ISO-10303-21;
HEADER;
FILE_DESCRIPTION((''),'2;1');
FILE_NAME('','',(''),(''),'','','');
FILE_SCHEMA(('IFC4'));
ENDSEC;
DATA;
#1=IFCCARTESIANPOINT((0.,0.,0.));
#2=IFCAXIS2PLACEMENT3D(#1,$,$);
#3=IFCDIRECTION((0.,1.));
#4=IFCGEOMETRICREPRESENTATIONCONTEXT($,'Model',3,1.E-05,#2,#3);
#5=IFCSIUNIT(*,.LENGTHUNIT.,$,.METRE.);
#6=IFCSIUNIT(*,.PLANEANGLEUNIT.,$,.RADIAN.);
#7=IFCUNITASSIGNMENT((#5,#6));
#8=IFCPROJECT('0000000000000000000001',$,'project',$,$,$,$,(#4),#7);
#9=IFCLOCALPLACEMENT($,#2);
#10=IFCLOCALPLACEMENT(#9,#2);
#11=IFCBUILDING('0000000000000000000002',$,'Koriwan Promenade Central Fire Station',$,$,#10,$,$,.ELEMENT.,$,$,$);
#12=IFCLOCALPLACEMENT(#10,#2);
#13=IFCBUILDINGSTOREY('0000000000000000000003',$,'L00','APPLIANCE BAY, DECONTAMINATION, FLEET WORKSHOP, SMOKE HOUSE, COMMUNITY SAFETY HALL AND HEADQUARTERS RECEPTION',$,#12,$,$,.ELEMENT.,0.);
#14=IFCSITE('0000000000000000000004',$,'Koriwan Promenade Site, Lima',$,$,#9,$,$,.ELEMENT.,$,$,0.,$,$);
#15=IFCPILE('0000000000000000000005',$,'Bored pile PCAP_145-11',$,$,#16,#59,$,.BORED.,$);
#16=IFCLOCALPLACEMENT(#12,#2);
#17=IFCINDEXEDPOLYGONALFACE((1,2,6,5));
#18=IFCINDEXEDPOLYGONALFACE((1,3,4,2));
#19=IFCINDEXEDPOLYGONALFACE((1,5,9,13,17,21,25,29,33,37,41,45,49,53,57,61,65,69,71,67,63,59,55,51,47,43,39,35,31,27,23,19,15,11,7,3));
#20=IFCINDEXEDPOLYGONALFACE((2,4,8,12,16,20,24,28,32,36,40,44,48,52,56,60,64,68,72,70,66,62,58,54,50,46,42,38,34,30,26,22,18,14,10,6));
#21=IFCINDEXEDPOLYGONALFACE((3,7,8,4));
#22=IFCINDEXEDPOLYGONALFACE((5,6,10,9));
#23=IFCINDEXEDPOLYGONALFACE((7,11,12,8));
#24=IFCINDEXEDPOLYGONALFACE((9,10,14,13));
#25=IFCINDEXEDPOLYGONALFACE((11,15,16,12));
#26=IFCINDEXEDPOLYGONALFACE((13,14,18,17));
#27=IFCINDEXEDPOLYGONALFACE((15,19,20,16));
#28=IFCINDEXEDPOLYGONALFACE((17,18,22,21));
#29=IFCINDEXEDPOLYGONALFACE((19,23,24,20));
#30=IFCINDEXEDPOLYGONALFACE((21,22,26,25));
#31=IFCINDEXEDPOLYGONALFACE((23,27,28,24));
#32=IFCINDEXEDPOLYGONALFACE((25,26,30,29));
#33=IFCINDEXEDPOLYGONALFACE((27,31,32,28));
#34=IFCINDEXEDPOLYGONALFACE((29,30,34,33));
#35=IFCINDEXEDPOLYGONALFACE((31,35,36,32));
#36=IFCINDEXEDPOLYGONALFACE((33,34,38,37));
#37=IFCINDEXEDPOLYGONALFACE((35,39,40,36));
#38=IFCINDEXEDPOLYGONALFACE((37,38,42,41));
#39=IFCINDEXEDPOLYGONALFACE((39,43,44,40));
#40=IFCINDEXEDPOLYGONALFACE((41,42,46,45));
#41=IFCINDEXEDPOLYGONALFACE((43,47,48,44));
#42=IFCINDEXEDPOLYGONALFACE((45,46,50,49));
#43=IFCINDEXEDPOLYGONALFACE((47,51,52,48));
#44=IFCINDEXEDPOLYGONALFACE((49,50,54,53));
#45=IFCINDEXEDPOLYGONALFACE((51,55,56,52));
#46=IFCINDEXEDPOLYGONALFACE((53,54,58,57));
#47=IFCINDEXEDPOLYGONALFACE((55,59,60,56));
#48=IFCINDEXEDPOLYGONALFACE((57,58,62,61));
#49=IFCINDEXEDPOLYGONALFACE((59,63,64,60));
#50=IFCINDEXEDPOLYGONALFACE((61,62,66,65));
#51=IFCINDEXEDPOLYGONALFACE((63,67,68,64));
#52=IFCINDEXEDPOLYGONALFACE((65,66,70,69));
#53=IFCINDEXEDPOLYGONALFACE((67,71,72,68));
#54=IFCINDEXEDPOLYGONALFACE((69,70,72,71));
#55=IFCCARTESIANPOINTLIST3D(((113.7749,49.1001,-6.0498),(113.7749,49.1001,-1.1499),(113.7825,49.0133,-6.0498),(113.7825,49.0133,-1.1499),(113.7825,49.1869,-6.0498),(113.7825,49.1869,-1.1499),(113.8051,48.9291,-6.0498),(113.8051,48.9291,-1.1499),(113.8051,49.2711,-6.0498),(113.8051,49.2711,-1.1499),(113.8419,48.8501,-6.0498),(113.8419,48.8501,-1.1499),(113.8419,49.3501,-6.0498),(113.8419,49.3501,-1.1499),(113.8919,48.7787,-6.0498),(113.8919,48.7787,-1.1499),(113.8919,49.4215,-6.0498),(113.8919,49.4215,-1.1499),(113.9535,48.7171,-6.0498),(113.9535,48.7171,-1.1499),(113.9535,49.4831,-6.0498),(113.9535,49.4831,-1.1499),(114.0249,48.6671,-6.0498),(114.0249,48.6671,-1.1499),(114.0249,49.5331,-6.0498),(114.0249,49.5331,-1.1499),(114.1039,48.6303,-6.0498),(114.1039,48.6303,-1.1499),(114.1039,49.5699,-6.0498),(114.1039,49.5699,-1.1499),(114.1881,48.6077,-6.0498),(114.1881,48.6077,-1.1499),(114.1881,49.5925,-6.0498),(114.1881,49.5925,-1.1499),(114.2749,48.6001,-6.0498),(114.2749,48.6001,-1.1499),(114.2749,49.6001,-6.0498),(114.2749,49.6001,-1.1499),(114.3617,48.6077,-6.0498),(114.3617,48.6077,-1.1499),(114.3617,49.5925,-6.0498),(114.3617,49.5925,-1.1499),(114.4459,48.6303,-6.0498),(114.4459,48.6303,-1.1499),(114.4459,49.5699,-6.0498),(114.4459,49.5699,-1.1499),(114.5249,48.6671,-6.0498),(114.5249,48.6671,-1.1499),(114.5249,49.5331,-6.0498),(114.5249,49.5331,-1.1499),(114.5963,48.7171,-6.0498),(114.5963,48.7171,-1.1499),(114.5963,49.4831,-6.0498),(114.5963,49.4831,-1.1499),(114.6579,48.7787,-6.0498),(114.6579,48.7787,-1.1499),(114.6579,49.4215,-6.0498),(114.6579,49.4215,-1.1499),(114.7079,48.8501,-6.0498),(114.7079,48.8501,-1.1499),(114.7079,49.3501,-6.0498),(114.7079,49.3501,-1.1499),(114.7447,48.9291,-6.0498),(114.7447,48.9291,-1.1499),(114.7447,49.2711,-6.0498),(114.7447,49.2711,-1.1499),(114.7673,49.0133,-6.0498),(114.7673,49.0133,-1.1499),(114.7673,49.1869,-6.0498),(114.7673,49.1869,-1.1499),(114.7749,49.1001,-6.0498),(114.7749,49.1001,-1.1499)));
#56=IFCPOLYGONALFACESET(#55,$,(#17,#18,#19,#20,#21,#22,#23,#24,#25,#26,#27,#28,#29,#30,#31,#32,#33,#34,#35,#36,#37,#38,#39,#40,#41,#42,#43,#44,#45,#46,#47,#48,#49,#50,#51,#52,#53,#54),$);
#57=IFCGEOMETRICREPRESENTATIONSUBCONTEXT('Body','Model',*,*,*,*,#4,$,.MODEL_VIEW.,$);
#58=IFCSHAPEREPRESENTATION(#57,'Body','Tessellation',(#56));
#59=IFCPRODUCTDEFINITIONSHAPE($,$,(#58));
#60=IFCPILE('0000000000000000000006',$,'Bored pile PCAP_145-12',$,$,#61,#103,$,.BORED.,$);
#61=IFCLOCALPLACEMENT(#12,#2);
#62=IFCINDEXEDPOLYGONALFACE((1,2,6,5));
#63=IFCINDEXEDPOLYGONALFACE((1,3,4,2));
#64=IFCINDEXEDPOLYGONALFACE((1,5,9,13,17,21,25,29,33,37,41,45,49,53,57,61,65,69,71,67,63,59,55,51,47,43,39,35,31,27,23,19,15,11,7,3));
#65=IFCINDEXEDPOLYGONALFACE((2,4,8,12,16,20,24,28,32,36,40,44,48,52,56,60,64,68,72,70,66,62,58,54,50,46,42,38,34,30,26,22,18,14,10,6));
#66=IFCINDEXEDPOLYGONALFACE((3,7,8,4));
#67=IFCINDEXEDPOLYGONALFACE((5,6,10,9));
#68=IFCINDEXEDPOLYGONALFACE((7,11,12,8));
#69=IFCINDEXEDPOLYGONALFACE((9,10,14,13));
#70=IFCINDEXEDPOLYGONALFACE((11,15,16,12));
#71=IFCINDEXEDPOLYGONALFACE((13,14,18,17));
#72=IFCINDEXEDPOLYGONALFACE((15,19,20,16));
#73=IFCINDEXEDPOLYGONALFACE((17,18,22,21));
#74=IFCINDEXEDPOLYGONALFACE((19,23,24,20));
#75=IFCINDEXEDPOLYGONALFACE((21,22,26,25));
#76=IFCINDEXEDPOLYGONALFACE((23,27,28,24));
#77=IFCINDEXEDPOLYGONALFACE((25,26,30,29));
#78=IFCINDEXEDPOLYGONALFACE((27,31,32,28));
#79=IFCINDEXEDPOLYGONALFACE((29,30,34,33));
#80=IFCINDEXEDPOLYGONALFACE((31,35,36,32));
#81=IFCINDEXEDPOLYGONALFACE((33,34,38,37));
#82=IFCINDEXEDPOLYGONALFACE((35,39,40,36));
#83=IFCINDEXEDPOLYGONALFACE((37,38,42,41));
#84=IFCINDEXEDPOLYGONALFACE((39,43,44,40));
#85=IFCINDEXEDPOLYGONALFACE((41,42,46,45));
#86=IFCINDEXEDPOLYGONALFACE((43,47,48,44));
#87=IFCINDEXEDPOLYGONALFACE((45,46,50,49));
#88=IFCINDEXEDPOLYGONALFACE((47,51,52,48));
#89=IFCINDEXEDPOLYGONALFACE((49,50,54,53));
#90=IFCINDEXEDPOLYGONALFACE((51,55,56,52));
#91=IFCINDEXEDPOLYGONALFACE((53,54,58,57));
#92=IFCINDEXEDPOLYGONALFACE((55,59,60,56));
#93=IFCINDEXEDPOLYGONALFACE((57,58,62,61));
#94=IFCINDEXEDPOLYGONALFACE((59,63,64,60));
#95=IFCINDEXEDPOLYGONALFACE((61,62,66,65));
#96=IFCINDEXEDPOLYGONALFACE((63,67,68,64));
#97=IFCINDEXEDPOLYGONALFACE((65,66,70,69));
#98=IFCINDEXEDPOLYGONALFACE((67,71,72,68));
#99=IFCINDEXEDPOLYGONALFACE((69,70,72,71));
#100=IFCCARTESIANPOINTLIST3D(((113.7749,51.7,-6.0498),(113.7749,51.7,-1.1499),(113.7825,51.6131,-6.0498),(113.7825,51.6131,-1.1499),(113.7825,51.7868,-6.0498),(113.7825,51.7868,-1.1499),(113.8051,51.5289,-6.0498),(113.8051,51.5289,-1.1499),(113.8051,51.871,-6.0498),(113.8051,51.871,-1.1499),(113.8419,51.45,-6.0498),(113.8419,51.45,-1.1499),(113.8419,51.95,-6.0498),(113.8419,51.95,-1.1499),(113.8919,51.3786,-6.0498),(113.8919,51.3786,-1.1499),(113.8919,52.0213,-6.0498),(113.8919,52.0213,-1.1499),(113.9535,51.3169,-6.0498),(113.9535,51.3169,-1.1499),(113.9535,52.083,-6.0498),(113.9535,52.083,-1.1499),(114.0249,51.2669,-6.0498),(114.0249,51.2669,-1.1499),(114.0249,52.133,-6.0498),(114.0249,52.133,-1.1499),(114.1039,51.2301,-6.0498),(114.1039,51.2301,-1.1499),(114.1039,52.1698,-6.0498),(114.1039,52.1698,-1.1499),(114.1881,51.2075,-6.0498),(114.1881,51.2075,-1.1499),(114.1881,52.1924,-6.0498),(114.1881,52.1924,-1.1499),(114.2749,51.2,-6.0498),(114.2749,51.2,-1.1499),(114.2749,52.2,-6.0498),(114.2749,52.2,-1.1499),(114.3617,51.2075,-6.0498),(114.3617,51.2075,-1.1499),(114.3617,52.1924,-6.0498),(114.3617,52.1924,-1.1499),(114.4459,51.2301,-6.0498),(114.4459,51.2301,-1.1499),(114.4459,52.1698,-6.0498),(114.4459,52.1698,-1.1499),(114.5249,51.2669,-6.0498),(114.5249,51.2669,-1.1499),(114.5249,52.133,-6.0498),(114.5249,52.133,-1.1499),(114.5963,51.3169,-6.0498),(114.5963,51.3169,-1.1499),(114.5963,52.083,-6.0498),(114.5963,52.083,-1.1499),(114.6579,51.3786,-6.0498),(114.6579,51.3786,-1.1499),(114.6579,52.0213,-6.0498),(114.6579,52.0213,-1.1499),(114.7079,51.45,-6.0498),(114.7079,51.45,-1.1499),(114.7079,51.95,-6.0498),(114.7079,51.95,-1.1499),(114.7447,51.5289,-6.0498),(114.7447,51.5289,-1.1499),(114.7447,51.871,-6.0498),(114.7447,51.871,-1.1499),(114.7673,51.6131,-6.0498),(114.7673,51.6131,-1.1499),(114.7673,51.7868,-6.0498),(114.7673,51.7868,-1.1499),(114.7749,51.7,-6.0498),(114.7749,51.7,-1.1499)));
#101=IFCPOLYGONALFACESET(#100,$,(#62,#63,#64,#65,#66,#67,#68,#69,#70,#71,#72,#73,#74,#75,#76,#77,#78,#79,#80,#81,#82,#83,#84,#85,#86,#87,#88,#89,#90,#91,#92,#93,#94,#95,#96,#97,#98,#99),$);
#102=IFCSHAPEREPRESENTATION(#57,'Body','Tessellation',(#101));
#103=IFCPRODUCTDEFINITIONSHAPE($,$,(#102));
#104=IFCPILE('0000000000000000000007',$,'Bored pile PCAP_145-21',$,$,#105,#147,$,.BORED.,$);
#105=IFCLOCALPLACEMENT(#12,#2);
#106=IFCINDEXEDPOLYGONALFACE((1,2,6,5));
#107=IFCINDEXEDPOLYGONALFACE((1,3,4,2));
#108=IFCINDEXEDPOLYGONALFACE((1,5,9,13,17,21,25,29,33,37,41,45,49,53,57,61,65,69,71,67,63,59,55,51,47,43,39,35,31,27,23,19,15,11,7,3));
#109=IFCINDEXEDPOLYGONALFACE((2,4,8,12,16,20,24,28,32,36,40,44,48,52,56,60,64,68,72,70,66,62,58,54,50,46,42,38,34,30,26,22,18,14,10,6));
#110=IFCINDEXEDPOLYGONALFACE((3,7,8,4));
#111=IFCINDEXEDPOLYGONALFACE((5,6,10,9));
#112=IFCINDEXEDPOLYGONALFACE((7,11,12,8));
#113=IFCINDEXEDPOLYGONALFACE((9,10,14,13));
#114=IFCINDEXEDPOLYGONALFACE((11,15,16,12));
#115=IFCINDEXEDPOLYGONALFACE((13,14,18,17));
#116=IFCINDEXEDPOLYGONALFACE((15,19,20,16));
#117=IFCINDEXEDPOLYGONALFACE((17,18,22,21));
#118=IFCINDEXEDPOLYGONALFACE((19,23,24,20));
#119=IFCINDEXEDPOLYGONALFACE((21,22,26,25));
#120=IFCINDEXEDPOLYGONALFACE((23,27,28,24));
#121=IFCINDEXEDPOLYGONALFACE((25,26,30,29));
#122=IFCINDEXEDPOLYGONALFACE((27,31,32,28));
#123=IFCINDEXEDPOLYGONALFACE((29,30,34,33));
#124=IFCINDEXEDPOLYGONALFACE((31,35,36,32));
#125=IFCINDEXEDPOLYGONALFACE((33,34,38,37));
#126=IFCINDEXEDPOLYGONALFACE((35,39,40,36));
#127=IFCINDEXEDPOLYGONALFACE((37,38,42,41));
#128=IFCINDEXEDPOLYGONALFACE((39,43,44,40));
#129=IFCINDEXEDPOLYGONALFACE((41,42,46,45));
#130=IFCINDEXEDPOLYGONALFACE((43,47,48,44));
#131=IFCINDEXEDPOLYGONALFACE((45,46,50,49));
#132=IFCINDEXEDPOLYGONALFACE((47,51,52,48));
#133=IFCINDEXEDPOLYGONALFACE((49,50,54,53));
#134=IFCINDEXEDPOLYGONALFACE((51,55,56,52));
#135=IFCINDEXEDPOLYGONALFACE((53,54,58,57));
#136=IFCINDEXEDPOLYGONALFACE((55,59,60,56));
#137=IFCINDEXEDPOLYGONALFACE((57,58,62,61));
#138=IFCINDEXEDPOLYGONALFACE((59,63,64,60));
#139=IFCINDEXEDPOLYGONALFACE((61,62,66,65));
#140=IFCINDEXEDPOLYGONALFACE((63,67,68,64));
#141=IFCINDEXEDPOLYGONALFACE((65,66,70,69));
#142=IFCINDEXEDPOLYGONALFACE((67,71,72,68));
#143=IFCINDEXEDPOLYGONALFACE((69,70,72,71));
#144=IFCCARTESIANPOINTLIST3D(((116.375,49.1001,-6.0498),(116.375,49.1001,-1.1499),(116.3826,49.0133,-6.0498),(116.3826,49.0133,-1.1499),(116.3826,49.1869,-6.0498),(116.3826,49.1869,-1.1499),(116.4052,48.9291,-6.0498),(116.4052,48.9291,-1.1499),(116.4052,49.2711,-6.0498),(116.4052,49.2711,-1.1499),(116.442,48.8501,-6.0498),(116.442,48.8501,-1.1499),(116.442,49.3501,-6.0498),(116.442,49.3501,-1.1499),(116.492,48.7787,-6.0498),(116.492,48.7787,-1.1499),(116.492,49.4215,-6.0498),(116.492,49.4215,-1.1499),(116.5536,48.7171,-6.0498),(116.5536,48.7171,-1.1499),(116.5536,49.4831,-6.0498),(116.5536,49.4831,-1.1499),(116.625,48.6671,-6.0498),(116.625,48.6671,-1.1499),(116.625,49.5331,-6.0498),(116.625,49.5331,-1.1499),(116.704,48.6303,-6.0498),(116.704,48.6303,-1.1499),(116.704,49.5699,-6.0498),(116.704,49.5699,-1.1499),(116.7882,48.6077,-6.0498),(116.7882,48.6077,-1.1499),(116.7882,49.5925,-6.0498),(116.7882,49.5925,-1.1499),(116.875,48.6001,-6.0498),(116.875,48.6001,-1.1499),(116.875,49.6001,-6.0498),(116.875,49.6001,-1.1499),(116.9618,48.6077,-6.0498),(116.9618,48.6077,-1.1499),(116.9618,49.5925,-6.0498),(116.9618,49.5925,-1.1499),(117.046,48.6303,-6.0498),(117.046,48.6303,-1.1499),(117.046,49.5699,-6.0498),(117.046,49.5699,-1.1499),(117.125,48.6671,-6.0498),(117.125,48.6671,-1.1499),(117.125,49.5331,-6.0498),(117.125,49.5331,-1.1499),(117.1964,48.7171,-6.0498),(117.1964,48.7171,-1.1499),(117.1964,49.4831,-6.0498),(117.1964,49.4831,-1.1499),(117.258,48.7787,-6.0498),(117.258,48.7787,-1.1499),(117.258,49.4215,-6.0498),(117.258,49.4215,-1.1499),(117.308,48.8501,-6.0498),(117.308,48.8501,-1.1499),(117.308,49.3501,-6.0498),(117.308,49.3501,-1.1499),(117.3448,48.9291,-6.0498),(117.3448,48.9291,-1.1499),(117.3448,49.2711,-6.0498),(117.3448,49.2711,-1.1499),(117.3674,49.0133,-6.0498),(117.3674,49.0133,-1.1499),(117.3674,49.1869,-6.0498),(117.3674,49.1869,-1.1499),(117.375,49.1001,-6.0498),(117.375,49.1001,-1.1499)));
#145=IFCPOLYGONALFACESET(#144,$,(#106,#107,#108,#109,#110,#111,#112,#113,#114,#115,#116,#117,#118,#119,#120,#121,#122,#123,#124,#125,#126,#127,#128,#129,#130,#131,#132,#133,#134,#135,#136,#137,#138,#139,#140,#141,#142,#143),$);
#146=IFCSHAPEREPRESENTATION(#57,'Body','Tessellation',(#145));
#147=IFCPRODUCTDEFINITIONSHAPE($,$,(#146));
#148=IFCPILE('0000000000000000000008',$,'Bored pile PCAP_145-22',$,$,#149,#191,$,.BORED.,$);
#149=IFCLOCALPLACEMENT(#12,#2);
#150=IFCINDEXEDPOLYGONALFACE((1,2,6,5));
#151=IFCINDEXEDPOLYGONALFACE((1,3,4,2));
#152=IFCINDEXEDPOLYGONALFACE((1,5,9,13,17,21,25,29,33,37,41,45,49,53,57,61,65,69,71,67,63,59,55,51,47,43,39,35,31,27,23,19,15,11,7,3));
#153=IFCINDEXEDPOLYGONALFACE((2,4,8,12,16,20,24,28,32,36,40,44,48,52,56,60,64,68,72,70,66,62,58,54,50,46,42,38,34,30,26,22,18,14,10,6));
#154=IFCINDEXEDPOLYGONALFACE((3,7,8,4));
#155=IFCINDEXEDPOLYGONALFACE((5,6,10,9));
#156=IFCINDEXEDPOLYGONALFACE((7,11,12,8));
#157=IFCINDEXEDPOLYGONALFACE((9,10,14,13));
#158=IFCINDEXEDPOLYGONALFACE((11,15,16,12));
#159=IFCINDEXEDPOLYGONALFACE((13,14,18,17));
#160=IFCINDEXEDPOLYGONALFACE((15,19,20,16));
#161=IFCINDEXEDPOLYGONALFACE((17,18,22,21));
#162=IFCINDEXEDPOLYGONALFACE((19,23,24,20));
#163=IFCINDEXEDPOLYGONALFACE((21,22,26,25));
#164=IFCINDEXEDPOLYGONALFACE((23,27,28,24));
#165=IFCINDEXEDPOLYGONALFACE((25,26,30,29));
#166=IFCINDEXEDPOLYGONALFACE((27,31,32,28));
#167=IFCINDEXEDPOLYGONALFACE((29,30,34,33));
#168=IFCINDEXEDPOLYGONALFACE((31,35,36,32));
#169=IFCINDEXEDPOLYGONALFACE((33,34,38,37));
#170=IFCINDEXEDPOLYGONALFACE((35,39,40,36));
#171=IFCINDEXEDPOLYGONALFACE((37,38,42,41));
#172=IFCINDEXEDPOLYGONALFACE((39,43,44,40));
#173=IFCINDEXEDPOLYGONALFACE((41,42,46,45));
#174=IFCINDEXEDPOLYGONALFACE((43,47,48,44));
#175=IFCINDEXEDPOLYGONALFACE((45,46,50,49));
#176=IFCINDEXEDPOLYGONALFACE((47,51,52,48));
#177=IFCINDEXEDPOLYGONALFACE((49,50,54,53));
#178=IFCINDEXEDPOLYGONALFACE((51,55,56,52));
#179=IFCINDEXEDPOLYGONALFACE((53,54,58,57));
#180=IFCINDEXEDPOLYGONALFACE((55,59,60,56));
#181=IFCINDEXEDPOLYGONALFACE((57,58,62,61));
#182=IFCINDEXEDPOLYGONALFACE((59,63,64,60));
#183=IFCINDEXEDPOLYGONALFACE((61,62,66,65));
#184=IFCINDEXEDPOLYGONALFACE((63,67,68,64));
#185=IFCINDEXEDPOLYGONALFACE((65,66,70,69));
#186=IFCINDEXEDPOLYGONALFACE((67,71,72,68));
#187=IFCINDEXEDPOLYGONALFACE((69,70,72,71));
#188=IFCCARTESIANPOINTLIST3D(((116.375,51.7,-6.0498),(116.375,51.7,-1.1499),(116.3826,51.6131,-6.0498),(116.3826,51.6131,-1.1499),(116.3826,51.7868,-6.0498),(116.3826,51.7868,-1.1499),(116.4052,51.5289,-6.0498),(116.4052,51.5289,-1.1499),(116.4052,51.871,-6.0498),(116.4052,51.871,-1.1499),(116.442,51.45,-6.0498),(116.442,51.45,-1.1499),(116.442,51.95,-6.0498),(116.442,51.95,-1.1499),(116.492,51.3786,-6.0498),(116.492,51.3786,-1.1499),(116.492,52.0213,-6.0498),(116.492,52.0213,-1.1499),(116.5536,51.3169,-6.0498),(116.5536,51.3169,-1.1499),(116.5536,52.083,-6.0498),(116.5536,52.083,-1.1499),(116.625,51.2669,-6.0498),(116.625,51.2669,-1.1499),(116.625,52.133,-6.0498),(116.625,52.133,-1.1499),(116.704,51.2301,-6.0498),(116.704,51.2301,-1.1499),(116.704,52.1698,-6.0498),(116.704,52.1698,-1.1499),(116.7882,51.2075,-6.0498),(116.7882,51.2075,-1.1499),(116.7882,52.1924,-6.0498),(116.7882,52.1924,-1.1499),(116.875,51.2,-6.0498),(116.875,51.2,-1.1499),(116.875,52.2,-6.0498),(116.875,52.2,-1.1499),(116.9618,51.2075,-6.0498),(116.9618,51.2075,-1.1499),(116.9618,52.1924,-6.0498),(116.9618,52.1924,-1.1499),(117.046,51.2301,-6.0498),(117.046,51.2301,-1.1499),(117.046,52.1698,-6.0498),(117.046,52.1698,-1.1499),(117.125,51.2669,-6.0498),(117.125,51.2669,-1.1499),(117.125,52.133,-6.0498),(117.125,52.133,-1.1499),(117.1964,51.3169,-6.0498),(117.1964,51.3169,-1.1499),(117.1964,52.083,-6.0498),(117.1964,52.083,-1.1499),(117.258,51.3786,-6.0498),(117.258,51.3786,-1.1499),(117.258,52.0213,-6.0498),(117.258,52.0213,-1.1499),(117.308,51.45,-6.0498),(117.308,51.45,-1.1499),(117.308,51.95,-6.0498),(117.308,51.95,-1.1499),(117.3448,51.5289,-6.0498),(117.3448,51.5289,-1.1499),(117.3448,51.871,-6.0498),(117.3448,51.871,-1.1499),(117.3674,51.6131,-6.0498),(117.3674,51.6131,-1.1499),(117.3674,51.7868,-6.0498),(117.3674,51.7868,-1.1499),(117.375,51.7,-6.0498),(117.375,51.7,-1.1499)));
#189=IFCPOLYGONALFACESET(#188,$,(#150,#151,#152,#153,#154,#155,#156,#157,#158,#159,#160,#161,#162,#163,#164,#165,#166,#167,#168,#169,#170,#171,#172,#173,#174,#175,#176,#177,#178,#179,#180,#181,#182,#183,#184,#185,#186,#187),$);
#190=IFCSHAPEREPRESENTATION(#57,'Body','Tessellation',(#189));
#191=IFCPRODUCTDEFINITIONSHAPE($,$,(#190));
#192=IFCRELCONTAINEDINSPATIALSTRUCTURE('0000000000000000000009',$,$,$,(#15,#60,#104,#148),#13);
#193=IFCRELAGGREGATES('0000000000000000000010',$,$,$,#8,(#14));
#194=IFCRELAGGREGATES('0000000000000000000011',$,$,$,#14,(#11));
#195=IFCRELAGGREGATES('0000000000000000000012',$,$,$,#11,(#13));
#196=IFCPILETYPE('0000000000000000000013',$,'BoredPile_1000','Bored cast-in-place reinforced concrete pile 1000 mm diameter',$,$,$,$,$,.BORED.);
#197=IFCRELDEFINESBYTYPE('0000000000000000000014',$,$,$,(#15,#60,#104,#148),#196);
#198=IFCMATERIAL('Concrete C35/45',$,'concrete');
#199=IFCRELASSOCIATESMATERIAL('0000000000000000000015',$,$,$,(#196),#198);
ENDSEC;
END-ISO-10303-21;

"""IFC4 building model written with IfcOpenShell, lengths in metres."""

from ifc_helpers import new_model, si_unit, direction, frame, origin, origin_2d, place, context, subcontext, project, spatial, circle, extrude, material, material_profile, profile_set, type_object, element, save


model = new_model("IFC4")

# Units and contexts
model_context = context("Model", 3, precision=1e-05, world=origin(), true_north=direction((0.0, 1.0)))
body_context = subcontext(model_context, "Body", "Model", "MODEL_VIEW")
ifc_project = project(units=[si_unit("LENGTHUNIT", "METRE"), si_unit("PLANEANGLEUNIT", "RADIAN")], contexts=[model_context])

# Site, building, storey
site_placement = place(None, origin())
site = spatial("IfcSite", under=ifc_project, at=site_placement, Name="Koriwan Promenade Site, Lima", CompositionType="ELEMENT", RefElevation=0.0)
building_placement = place(site_placement, origin())
building = spatial("IfcBuilding", under=site, at=building_placement, Name="Koriwan Promenade Central Fire Station", CompositionType="ELEMENT")
storey_placement = place(building_placement, origin())
storey = spatial("IfcBuildingStorey", under=building, at=storey_placement, Name="L00", Description="APPLIANCE BAY, DECONTAMINATION, FLEET WORKSHOP, SMOKE HOUSE, COMMUNITY SAFETY HALL AND HEADQUARTERS RECEPTION", CompositionType="ELEMENT", Elevation=0.0)

# Piles
ifc_material_1 = material(Name="Concrete C35/45", Category="concrete")
ifc_material_profile_1 = material_profile(ifc_material_1, circle(Radius=0.5, at=origin_2d()), Name="PILE-D1000")
ifc_profile_set_1 = profile_set([ifc_material_profile_1], Name="Concrete C35/45")
pile_type_1 = type_object("IfcPileType", Name="BoredPile_1000", Description="Bored cast-in-place reinforced concrete pile 1000 mm diameter", PredefinedType="BORED", material=ifc_profile_set_1)
for number, where, z_axis, x_axis, name in (
    (1, (114.2749, 49.1001, -1.1499), (0.0, 0.0, -1.0), (1.0, 0.0, 0.0), "Bored pile PCAP_145-11"),
    (2, (114.2749, 51.7, -1.1499), (0.0, 0.0, -1.0), (1.0, 0.0, 0.0), "Bored pile PCAP_145-12"),
    (3, (116.875, 49.1001, -1.1499), (0.0, 0.0, -1.0), (1.0, 0.0, 0.0), "Bored pile PCAP_145-21"),
    (4, (116.875, 51.7, -1.1499), (0.0, 0.0, -1.0), (1.0, 0.0, 0.0), "Bored pile PCAP_145-22"),
):
    element("IfcPile", number, at=place(storey_placement, frame(where, z_axis=z_axis, x_axis=x_axis)), inside=storey, type_object=pile_type_1, Name=name, PredefinedType="BORED", context=body_context, shape_type="SweptSolid", body=[
        extrude(circle(Radius=0.5, at=origin_2d()), origin(), (0.0, 0.0, 1.0), 4.8999),
    ])

save(model, "model.ifc")
